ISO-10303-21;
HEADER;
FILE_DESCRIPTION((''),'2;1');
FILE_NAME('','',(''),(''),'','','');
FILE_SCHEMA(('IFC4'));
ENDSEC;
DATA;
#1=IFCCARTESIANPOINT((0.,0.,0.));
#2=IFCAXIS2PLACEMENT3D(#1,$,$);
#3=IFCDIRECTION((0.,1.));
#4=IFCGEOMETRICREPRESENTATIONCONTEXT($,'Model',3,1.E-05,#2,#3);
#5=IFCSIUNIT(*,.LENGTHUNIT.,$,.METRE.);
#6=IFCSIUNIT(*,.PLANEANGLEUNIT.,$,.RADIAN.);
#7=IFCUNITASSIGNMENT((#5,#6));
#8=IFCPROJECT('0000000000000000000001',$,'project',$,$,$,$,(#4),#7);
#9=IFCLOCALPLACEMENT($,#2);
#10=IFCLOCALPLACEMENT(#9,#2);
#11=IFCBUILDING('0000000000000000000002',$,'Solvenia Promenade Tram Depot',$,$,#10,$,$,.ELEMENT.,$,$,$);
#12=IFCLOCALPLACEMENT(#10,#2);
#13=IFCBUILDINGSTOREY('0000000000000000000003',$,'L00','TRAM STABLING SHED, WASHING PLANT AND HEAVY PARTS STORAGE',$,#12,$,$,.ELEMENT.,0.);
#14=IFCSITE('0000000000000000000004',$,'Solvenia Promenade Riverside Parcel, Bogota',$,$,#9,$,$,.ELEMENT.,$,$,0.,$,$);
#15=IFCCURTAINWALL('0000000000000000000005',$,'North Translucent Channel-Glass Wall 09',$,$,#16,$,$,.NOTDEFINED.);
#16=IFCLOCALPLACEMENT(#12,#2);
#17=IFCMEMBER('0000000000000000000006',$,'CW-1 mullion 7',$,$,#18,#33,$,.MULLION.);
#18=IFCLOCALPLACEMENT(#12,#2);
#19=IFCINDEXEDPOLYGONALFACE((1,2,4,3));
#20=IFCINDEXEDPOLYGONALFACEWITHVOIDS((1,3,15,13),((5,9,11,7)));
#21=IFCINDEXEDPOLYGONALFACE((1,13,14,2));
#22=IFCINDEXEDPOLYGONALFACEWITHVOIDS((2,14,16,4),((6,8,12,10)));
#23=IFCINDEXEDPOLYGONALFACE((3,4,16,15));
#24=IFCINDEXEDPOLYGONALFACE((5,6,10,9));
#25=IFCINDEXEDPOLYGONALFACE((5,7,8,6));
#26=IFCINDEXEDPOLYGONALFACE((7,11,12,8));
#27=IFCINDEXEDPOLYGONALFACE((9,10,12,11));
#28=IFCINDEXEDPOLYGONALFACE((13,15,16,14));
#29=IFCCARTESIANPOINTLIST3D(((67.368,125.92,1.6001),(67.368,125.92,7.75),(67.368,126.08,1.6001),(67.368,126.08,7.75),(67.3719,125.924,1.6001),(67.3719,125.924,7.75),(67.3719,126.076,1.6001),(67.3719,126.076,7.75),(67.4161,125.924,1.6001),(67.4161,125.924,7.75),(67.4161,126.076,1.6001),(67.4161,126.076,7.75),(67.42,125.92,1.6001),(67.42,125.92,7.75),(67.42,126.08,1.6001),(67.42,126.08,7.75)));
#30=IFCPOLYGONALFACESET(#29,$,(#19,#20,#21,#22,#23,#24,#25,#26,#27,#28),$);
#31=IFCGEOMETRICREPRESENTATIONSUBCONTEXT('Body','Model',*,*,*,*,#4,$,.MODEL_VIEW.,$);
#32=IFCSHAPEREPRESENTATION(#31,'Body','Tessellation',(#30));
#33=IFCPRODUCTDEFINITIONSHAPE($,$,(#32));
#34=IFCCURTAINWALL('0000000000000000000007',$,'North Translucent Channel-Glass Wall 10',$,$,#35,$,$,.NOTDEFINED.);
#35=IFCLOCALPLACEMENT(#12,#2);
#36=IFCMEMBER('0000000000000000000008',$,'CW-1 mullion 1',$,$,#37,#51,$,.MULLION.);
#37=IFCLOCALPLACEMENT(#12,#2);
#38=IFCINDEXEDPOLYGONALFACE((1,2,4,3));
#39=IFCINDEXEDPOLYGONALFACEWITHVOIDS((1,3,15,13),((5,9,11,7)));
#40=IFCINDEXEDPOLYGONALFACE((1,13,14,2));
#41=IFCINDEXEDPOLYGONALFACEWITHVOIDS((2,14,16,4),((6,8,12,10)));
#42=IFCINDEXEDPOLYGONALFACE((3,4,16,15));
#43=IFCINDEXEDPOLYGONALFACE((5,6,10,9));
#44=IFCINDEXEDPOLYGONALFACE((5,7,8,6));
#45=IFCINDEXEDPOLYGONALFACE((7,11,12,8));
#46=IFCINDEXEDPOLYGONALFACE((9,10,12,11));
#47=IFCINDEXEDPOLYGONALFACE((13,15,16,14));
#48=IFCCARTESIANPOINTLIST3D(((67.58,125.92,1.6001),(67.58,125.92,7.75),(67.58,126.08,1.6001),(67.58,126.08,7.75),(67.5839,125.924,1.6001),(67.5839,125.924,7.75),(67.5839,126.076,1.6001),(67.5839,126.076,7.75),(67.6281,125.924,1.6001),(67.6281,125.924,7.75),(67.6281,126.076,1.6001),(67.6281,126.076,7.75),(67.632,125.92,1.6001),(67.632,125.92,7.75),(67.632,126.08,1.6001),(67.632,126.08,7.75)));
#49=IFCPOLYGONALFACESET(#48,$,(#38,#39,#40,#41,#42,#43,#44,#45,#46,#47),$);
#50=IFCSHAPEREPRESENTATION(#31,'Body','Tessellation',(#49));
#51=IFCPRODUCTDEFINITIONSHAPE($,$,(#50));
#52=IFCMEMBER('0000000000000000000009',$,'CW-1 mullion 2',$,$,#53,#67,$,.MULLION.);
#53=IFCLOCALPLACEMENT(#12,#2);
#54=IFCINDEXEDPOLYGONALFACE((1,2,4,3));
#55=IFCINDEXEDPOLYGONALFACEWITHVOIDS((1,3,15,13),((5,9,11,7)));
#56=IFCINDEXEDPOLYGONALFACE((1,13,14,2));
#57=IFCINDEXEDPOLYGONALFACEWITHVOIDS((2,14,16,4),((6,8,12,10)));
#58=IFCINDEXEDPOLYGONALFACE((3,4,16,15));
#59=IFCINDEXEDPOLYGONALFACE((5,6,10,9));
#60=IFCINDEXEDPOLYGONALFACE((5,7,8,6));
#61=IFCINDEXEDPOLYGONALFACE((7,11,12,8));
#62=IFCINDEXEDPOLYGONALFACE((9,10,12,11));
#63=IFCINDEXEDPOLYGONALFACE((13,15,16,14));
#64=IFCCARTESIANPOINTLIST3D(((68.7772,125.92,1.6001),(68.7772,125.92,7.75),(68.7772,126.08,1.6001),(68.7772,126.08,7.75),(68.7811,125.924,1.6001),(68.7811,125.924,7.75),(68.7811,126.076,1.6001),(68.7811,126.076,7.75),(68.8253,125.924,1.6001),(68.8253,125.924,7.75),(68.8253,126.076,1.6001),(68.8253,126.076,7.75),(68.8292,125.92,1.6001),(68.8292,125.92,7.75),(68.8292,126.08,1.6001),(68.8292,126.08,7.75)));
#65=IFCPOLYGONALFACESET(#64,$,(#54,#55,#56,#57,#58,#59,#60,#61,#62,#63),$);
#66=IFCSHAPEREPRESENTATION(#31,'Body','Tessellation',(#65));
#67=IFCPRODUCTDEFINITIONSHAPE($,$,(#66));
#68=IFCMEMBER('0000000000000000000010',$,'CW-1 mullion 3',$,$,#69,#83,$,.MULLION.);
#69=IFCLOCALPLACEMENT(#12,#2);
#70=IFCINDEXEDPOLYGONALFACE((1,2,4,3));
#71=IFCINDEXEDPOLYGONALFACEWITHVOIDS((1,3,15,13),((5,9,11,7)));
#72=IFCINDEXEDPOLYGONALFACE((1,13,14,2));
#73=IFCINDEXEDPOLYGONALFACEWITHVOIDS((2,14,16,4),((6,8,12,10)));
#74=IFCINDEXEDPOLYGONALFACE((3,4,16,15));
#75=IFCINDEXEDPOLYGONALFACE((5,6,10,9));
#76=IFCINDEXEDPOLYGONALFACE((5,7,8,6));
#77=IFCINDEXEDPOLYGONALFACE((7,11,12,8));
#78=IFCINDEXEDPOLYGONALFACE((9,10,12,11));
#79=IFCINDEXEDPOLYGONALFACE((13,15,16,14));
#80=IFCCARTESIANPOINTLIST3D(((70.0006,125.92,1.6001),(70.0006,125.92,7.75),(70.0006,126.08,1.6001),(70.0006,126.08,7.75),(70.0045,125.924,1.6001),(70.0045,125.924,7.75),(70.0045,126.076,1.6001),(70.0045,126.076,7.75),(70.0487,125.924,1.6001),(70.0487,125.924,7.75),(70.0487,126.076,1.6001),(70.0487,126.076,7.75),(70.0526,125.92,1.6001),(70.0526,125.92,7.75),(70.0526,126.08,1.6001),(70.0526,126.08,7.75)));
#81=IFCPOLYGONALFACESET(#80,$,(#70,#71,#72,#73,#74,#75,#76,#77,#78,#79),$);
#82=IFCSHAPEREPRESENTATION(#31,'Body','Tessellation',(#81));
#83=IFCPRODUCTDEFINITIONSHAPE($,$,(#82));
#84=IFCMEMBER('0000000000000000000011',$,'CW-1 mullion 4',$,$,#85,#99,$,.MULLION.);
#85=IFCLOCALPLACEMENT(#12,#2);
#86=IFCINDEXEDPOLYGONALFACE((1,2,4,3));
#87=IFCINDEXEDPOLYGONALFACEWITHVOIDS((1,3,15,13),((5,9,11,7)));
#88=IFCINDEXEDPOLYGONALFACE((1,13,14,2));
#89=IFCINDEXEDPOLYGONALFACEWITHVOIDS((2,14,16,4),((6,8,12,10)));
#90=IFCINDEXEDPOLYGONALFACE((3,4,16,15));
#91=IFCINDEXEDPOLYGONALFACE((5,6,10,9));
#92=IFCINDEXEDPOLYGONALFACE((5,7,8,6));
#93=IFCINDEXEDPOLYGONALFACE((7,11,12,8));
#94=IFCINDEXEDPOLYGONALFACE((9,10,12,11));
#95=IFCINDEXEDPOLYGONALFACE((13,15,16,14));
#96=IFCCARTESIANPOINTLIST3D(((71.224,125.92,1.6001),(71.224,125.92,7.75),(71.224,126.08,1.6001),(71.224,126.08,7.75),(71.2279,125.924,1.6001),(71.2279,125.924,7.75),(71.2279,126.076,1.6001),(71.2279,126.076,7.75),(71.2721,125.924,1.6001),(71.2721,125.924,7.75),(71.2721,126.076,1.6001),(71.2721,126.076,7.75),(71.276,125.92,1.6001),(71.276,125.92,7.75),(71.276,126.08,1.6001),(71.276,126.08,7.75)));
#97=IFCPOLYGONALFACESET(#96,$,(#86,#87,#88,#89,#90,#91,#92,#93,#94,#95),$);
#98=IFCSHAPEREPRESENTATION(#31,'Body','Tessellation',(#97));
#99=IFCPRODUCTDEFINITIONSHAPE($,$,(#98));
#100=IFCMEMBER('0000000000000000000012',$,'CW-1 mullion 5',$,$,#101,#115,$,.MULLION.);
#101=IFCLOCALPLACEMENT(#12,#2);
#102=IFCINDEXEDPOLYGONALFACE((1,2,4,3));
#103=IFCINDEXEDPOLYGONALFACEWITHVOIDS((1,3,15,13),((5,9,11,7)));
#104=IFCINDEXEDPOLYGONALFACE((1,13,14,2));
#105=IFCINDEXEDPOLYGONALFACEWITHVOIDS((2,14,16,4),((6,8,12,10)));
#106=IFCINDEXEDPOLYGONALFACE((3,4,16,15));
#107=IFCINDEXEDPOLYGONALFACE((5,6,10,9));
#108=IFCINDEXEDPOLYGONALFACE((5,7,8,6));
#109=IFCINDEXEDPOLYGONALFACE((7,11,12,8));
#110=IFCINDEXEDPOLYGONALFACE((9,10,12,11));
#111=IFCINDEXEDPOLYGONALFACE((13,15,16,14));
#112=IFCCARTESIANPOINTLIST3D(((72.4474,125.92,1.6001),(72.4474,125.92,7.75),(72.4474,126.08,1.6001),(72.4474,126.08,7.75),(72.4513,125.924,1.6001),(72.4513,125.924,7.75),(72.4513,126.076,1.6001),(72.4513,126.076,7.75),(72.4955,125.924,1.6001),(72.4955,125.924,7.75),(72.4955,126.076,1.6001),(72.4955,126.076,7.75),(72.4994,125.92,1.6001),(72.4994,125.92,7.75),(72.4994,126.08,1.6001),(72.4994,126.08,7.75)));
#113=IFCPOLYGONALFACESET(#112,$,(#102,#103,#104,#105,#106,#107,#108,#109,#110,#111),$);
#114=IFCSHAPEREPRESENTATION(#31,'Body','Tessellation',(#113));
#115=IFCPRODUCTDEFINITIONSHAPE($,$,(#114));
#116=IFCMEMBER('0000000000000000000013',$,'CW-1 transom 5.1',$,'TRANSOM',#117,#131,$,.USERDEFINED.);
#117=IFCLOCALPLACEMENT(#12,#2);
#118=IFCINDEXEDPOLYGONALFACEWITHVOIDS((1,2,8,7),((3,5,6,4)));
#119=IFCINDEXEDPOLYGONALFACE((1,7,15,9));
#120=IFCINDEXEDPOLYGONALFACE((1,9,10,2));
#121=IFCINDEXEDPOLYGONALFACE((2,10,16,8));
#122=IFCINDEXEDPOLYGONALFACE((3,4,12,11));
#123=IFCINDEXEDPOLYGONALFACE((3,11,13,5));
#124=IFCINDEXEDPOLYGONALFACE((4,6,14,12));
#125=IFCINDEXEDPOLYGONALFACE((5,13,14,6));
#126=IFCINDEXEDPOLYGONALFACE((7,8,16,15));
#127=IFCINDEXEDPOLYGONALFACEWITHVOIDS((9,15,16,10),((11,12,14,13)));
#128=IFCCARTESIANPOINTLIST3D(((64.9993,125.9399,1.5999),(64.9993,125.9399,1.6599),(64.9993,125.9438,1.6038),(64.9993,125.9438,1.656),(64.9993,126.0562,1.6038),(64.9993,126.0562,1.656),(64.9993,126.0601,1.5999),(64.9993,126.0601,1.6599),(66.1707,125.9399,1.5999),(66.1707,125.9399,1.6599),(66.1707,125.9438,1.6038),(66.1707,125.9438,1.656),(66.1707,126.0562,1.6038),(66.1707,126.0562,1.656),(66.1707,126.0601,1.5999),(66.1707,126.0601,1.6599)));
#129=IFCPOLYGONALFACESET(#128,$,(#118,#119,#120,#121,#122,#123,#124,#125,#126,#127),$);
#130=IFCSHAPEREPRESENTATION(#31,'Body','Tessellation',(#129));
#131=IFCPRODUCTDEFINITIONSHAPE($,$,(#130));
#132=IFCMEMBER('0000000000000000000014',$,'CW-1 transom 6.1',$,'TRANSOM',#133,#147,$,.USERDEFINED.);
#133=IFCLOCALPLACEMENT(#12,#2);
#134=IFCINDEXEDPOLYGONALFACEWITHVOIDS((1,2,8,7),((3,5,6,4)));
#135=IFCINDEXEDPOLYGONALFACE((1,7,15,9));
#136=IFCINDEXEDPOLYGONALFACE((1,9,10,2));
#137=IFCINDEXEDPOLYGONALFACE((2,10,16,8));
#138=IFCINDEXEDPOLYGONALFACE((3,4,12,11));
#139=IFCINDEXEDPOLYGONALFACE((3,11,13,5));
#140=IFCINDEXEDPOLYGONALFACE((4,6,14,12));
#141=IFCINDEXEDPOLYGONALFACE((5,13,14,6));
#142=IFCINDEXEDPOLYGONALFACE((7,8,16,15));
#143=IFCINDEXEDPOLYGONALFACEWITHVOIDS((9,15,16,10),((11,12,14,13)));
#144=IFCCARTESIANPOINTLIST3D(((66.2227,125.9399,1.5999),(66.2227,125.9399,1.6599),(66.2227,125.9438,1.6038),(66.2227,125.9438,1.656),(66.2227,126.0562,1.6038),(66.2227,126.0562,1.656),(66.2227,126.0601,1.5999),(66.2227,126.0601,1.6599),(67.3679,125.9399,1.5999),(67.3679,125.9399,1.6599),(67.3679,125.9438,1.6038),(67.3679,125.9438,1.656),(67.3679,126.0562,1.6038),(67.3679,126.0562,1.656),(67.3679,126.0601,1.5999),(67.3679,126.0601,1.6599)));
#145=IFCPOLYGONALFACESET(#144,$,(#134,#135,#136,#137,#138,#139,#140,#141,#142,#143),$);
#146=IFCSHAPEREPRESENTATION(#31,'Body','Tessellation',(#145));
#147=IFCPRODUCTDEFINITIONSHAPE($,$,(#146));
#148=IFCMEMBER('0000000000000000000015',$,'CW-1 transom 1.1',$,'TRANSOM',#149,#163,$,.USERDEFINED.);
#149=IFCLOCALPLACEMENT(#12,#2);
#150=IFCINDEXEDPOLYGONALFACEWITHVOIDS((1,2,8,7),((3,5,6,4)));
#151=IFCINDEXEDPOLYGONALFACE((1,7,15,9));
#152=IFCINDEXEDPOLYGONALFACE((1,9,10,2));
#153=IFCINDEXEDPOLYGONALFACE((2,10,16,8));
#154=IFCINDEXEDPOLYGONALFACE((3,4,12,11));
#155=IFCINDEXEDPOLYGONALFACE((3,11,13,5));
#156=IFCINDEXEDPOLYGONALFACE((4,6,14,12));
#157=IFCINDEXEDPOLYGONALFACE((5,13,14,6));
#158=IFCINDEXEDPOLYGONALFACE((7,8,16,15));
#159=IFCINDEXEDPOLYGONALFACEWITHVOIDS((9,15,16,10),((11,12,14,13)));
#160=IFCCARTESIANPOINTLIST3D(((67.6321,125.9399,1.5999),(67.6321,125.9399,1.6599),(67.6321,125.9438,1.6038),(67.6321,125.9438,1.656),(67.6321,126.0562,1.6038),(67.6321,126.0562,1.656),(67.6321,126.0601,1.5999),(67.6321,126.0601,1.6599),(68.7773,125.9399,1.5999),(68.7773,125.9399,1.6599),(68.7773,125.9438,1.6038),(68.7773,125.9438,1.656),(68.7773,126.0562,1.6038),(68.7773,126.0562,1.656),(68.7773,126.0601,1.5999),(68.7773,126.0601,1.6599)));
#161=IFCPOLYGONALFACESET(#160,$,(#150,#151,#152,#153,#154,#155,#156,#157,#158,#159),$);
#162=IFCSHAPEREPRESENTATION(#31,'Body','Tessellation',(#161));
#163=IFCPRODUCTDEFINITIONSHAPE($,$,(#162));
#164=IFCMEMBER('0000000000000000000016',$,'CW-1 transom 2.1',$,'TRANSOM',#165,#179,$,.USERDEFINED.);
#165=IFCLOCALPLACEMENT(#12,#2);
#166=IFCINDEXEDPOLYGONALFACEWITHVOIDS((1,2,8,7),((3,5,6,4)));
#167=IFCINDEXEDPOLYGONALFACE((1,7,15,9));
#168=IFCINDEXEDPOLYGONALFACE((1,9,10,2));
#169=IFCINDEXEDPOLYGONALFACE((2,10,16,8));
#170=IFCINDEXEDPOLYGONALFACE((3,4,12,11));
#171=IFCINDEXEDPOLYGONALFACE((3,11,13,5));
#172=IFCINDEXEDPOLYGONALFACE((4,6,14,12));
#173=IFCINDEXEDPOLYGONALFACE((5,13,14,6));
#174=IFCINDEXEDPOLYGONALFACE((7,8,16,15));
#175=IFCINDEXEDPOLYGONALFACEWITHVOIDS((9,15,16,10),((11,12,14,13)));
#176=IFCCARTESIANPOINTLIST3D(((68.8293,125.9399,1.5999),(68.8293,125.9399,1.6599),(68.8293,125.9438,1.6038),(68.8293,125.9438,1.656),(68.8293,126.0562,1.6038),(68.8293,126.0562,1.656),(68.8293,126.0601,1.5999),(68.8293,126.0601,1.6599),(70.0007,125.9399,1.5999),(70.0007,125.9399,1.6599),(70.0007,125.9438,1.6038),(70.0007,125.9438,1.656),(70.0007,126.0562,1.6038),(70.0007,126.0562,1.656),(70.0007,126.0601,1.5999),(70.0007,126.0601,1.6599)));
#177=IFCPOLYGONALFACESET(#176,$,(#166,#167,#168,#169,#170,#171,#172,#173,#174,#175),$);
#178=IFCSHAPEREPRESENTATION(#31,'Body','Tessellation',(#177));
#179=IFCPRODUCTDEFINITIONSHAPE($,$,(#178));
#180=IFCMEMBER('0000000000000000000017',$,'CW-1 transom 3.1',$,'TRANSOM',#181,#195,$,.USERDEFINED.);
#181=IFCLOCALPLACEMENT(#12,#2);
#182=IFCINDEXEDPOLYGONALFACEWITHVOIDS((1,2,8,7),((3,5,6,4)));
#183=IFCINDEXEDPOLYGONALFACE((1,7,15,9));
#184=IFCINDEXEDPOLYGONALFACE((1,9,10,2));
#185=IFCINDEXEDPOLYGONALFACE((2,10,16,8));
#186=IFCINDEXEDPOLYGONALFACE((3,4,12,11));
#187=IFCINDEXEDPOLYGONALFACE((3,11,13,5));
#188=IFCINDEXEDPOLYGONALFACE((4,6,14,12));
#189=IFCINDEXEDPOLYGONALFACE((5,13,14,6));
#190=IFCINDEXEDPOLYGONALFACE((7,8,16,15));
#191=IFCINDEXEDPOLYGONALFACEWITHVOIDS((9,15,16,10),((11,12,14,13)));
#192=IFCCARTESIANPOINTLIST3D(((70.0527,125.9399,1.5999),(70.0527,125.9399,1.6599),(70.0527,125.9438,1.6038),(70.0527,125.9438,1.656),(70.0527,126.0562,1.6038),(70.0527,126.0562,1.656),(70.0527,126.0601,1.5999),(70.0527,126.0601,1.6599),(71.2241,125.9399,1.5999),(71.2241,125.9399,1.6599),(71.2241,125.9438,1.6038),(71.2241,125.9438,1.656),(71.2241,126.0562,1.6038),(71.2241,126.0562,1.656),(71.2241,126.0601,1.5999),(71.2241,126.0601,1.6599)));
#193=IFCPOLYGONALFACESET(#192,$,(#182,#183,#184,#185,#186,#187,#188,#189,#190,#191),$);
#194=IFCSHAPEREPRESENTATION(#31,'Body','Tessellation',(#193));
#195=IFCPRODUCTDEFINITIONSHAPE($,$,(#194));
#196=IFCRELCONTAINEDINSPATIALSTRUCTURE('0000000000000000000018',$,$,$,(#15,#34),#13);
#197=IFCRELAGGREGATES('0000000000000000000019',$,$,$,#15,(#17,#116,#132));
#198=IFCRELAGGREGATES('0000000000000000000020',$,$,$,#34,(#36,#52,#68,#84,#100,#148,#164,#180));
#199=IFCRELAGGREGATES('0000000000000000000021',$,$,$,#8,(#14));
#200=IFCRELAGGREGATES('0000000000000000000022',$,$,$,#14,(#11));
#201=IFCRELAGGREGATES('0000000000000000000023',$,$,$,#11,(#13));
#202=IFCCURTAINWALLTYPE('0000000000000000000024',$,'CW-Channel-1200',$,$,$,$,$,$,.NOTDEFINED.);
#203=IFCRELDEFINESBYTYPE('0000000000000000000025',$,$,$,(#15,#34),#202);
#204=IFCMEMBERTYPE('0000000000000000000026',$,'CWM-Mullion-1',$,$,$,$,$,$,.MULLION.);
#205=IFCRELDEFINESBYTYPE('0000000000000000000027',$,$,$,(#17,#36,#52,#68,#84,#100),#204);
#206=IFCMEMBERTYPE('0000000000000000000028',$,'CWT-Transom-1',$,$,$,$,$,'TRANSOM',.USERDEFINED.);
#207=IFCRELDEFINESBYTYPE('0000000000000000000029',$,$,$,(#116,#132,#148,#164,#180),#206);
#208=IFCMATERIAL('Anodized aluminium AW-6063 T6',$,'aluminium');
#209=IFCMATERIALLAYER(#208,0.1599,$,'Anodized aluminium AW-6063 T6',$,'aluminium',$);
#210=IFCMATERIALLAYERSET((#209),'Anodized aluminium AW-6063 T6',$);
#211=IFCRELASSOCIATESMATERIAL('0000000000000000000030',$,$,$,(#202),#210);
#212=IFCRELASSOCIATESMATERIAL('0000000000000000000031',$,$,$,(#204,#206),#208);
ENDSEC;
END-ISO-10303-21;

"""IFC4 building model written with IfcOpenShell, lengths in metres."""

from ifc_helpers import new_model, si_unit, direction, frame, origin, origin_2d, place, context, subcontext, project, spatial, hollow_rectangle, extrude, material, layer, layer_set, material_profile, profile_set, type_object, element, aggregate, save


model = new_model("IFC4")

# Units and contexts
model_context = context("Model", 3, precision=1e-05, world=origin(), true_north=direction((0.0, 1.0)))
body_context = subcontext(model_context, "Body", "Model", "MODEL_VIEW")
ifc_project = project(units=[si_unit("LENGTHUNIT", "METRE"), si_unit("PLANEANGLEUNIT", "RADIAN")], contexts=[model_context])

# Site, building, storey
site_placement = place(None, origin())
site = spatial("IfcSite", under=ifc_project, at=site_placement, Name="Solvenia Promenade Riverside Parcel, Bogota", CompositionType="ELEMENT", RefElevation=0.0)
building_placement = place(site_placement, origin())
building = spatial("IfcBuilding", under=site, at=building_placement, Name="Solvenia Promenade Tram Depot", CompositionType="ELEMENT")
storey_placement = place(building_placement, origin())
storey = spatial("IfcBuildingStorey", under=building, at=storey_placement, Name="L00", Description="TRAM STABLING SHED, WASHING PLANT AND HEAVY PARTS STORAGE", CompositionType="ELEMENT", Elevation=0.0)

# Curtain walls, members
ifc_material_1 = material(Name="Anodized aluminium AW-6063 T6", Category="aluminium")
ifc_layer_1 = layer(ifc_material_1, 0.1599, Name="Anodized aluminium AW-6063 T6", Category="aluminium")
ifc_layer_set_1 = layer_set([ifc_layer_1], Name="Anodized aluminium AW-6063 T6")
curtain_wall_type = type_object("IfcCurtainWallType", Name="CW-Channel-1200", PredefinedType="NOTDEFINED", material=ifc_layer_set_1)
curtain_wall_1_placement = place(storey_placement, origin())
curtain_wall_1 = element("IfcCurtainWall", 1, at=curtain_wall_1_placement, inside=storey, type_object=curtain_wall_type, Name="North Translucent Channel-Glass Wall 09", PredefinedType="NOTDEFINED")
ifc_material_profile_1 = material_profile(ifc_material_1, hollow_rectangle(XDim=0.1599, YDim=0.052, WallThickness=0.0039, at=origin_2d()), Name="ALU-M1", Category="aluminium")
ifc_profile_set_1 = profile_set([ifc_material_profile_1], Name="Anodized aluminium AW-6063 T6")
member_type_1 = type_object("IfcMemberType", Name="CWM-Mullion-1", PredefinedType="MULLION", material=ifc_profile_set_1)
member_1_placement = place(storey_placement, frame((67.394, 126.0, 1.6001), z_axis=(0.0, 0.0, 1.0), x_axis=(0.0, 1.0, 0.0)))
member_1 = element("IfcMember", 2, at=member_1_placement, type_object=member_type_1, Name="CW-1 mullion 7", PredefinedType="MULLION", context=body_context, shape_type="SweptSolid", body=[
    extrude(hollow_rectangle(XDim=0.1599, YDim=0.052, WallThickness=0.0039, at=origin_2d()), origin(), (0.0, 0.0, 1.0), 6.1499),
])
curtain_wall_2_placement = place(storey_placement, origin())
curtain_wall_2 = element("IfcCurtainWall", 3, at=curtain_wall_2_placement, inside=storey, type_object=curtain_wall_type, Name="North Translucent Channel-Glass Wall 10", PredefinedType="NOTDEFINED")
member_2_placement = place(storey_placement, frame((67.606, 126.0, 1.6001), z_axis=(0.0, 0.0, 1.0), x_axis=(0.0, 1.0, 0.0)))
member_2 = element("IfcMember", 4, at=member_2_placement, type_object=member_type_1, Name="CW-1 mullion 1", PredefinedType="MULLION", context=body_context, shape_type="SweptSolid", body=[
    extrude(hollow_rectangle(XDim=0.1599, YDim=0.052, WallThickness=0.0039, at=origin_2d()), origin(), (0.0, 0.0, 1.0), 6.1499),
])
member_3_placement = place(storey_placement, frame((68.8032, 126.0, 1.6001), z_axis=(0.0, 0.0, 1.0), x_axis=(0.0, 1.0, 0.0)))
member_3 = element("IfcMember", 5, at=member_3_placement, type_object=member_type_1, Name="CW-1 mullion 2", PredefinedType="MULLION", context=body_context, shape_type="SweptSolid", body=[
    extrude(hollow_rectangle(XDim=0.1599, YDim=0.052, WallThickness=0.0039, at=origin_2d()), origin(), (0.0, 0.0, 1.0), 6.1499),
])
member_4_placement = place(storey_placement, frame((70.0266, 126.0, 1.6001), z_axis=(0.0, 0.0, 1.0), x_axis=(0.0, 1.0, 0.0)))
member_4 = element("IfcMember", 6, at=member_4_placement, type_object=member_type_1, Name="CW-1 mullion 3", PredefinedType="MULLION", context=body_context, shape_type="SweptSolid", body=[
    extrude(hollow_rectangle(XDim=0.1599, YDim=0.052, WallThickness=0.0039, at=origin_2d()), origin(), (0.0, 0.0, 1.0), 6.1499),
])
member_5_placement = place(storey_placement, frame((71.25, 126.0, 1.6001), z_axis=(0.0, 0.0, 1.0), x_axis=(0.0, 1.0, 0.0)))
member_5 = element("IfcMember", 7, at=member_5_placement, type_object=member_type_1, Name="CW-1 mullion 4", PredefinedType="MULLION", context=body_context, shape_type="SweptSolid", body=[
    extrude(hollow_rectangle(XDim=0.1599, YDim=0.052, WallThickness=0.0039, at=origin_2d()), origin(), (0.0, 0.0, 1.0), 6.1499),
])
member_6_placement = place(storey_placement, frame((72.4734, 126.0, 1.6001), z_axis=(0.0, 0.0, 1.0), x_axis=(0.0, 1.0, 0.0)))
member_6 = element("IfcMember", 8, at=member_6_placement, type_object=member_type_1, Name="CW-1 mullion 5", PredefinedType="MULLION", context=body_context, shape_type="SweptSolid", body=[
    extrude(hollow_rectangle(XDim=0.1599, YDim=0.052, WallThickness=0.0039, at=origin_2d()), origin(), (0.0, 0.0, 1.0), 6.1499),
])

# Members
ifc_material_profile_2 = material_profile(ifc_material_1, hollow_rectangle(XDim=0.1201, YDim=0.0601, WallThickness=0.0039, at=origin_2d()), Name="ALU-T1", Category="aluminium")
ifc_profile_set_2 = profile_set([ifc_material_profile_2], Name="Anodized aluminium AW-6063 T6")
member_type_2 = type_object("IfcMemberType", Name="CWT-Transom-1", ElementType="TRANSOM", PredefinedType="USERDEFINED", material=ifc_profile_set_2)
member_7_placement = place(storey_placement, frame((64.9993, 126.0, 1.6299), z_axis=(1.0, 0.0, 0.0), x_axis=(0.0, 1.0, 0.0)))
member_7 = element("IfcMember", 9, at=member_7_placement, type_object=member_type_2, Name="CW-1 transom 5.1", ObjectType="TRANSOM", PredefinedType="USERDEFINED", context=body_context, shape_type="SweptSolid", body=[
    extrude(hollow_rectangle(XDim=0.1201, YDim=0.0601, WallThickness=0.0039, at=origin_2d()), origin(), (0.0, 0.0, 1.0), 1.1714),
])
member_8_placement = place(storey_placement, frame((66.2227, 126.0, 1.6299), z_axis=(1.0, 0.0, 0.0), x_axis=(0.0, 1.0, 0.0)))
member_8 = element("IfcMember", 10, at=member_8_placement, type_object=member_type_2, Name="CW-1 transom 6.1", ObjectType="TRANSOM", PredefinedType="USERDEFINED", context=body_context, shape_type="SweptSolid", body=[
    extrude(hollow_rectangle(XDim=0.1201, YDim=0.0601, WallThickness=0.0039, at=origin_2d()), origin(), (0.0, 0.0, 1.0), 1.1453),
])
member_9_placement = place(storey_placement, frame((67.6321, 126.0, 1.6299), z_axis=(1.0, 0.0, 0.0), x_axis=(0.0, 1.0, 0.0)))
member_9 = element("IfcMember", 11, at=member_9_placement, type_object=member_type_2, Name="CW-1 transom 1.1", ObjectType="TRANSOM", PredefinedType="USERDEFINED", context=body_context, shape_type="SweptSolid", body=[
    extrude(hollow_rectangle(XDim=0.1201, YDim=0.0601, WallThickness=0.0039, at=origin_2d()), origin(), (0.0, 0.0, 1.0), 1.1453),
])
member_10_placement = place(storey_placement, frame((68.8293, 126.0, 1.6299), z_axis=(1.0, 0.0, 0.0), x_axis=(0.0, 1.0, 0.0)))
member_10 = element("IfcMember", 12, at=member_10_placement, type_object=member_type_2, Name="CW-1 transom 2.1", ObjectType="TRANSOM", PredefinedType="USERDEFINED", context=body_context, shape_type="SweptSolid", body=[
    extrude(hollow_rectangle(XDim=0.1201, YDim=0.0601, WallThickness=0.0039, at=origin_2d()), origin(), (0.0, 0.0, 1.0), 1.1714),
])
member_11_placement = place(storey_placement, frame((70.0527, 126.0, 1.6299), z_axis=(1.0, 0.0, 0.0), x_axis=(0.0, 1.0, 0.0)))
member_11 = element("IfcMember", 13, at=member_11_placement, type_object=member_type_2, Name="CW-1 transom 3.1", ObjectType="TRANSOM", PredefinedType="USERDEFINED", context=body_context, shape_type="SweptSolid", body=[
    extrude(hollow_rectangle(XDim=0.1201, YDim=0.0601, WallThickness=0.0039, at=origin_2d()), origin(), (0.0, 0.0, 1.0), 1.1714),
])

aggregate(curtain_wall_1, [member_1, member_7, member_8])
aggregate(curtain_wall_2, [member_2, member_3, member_4, member_5, member_6, member_9, member_10, member_11])

save(model, "model.ifc")
